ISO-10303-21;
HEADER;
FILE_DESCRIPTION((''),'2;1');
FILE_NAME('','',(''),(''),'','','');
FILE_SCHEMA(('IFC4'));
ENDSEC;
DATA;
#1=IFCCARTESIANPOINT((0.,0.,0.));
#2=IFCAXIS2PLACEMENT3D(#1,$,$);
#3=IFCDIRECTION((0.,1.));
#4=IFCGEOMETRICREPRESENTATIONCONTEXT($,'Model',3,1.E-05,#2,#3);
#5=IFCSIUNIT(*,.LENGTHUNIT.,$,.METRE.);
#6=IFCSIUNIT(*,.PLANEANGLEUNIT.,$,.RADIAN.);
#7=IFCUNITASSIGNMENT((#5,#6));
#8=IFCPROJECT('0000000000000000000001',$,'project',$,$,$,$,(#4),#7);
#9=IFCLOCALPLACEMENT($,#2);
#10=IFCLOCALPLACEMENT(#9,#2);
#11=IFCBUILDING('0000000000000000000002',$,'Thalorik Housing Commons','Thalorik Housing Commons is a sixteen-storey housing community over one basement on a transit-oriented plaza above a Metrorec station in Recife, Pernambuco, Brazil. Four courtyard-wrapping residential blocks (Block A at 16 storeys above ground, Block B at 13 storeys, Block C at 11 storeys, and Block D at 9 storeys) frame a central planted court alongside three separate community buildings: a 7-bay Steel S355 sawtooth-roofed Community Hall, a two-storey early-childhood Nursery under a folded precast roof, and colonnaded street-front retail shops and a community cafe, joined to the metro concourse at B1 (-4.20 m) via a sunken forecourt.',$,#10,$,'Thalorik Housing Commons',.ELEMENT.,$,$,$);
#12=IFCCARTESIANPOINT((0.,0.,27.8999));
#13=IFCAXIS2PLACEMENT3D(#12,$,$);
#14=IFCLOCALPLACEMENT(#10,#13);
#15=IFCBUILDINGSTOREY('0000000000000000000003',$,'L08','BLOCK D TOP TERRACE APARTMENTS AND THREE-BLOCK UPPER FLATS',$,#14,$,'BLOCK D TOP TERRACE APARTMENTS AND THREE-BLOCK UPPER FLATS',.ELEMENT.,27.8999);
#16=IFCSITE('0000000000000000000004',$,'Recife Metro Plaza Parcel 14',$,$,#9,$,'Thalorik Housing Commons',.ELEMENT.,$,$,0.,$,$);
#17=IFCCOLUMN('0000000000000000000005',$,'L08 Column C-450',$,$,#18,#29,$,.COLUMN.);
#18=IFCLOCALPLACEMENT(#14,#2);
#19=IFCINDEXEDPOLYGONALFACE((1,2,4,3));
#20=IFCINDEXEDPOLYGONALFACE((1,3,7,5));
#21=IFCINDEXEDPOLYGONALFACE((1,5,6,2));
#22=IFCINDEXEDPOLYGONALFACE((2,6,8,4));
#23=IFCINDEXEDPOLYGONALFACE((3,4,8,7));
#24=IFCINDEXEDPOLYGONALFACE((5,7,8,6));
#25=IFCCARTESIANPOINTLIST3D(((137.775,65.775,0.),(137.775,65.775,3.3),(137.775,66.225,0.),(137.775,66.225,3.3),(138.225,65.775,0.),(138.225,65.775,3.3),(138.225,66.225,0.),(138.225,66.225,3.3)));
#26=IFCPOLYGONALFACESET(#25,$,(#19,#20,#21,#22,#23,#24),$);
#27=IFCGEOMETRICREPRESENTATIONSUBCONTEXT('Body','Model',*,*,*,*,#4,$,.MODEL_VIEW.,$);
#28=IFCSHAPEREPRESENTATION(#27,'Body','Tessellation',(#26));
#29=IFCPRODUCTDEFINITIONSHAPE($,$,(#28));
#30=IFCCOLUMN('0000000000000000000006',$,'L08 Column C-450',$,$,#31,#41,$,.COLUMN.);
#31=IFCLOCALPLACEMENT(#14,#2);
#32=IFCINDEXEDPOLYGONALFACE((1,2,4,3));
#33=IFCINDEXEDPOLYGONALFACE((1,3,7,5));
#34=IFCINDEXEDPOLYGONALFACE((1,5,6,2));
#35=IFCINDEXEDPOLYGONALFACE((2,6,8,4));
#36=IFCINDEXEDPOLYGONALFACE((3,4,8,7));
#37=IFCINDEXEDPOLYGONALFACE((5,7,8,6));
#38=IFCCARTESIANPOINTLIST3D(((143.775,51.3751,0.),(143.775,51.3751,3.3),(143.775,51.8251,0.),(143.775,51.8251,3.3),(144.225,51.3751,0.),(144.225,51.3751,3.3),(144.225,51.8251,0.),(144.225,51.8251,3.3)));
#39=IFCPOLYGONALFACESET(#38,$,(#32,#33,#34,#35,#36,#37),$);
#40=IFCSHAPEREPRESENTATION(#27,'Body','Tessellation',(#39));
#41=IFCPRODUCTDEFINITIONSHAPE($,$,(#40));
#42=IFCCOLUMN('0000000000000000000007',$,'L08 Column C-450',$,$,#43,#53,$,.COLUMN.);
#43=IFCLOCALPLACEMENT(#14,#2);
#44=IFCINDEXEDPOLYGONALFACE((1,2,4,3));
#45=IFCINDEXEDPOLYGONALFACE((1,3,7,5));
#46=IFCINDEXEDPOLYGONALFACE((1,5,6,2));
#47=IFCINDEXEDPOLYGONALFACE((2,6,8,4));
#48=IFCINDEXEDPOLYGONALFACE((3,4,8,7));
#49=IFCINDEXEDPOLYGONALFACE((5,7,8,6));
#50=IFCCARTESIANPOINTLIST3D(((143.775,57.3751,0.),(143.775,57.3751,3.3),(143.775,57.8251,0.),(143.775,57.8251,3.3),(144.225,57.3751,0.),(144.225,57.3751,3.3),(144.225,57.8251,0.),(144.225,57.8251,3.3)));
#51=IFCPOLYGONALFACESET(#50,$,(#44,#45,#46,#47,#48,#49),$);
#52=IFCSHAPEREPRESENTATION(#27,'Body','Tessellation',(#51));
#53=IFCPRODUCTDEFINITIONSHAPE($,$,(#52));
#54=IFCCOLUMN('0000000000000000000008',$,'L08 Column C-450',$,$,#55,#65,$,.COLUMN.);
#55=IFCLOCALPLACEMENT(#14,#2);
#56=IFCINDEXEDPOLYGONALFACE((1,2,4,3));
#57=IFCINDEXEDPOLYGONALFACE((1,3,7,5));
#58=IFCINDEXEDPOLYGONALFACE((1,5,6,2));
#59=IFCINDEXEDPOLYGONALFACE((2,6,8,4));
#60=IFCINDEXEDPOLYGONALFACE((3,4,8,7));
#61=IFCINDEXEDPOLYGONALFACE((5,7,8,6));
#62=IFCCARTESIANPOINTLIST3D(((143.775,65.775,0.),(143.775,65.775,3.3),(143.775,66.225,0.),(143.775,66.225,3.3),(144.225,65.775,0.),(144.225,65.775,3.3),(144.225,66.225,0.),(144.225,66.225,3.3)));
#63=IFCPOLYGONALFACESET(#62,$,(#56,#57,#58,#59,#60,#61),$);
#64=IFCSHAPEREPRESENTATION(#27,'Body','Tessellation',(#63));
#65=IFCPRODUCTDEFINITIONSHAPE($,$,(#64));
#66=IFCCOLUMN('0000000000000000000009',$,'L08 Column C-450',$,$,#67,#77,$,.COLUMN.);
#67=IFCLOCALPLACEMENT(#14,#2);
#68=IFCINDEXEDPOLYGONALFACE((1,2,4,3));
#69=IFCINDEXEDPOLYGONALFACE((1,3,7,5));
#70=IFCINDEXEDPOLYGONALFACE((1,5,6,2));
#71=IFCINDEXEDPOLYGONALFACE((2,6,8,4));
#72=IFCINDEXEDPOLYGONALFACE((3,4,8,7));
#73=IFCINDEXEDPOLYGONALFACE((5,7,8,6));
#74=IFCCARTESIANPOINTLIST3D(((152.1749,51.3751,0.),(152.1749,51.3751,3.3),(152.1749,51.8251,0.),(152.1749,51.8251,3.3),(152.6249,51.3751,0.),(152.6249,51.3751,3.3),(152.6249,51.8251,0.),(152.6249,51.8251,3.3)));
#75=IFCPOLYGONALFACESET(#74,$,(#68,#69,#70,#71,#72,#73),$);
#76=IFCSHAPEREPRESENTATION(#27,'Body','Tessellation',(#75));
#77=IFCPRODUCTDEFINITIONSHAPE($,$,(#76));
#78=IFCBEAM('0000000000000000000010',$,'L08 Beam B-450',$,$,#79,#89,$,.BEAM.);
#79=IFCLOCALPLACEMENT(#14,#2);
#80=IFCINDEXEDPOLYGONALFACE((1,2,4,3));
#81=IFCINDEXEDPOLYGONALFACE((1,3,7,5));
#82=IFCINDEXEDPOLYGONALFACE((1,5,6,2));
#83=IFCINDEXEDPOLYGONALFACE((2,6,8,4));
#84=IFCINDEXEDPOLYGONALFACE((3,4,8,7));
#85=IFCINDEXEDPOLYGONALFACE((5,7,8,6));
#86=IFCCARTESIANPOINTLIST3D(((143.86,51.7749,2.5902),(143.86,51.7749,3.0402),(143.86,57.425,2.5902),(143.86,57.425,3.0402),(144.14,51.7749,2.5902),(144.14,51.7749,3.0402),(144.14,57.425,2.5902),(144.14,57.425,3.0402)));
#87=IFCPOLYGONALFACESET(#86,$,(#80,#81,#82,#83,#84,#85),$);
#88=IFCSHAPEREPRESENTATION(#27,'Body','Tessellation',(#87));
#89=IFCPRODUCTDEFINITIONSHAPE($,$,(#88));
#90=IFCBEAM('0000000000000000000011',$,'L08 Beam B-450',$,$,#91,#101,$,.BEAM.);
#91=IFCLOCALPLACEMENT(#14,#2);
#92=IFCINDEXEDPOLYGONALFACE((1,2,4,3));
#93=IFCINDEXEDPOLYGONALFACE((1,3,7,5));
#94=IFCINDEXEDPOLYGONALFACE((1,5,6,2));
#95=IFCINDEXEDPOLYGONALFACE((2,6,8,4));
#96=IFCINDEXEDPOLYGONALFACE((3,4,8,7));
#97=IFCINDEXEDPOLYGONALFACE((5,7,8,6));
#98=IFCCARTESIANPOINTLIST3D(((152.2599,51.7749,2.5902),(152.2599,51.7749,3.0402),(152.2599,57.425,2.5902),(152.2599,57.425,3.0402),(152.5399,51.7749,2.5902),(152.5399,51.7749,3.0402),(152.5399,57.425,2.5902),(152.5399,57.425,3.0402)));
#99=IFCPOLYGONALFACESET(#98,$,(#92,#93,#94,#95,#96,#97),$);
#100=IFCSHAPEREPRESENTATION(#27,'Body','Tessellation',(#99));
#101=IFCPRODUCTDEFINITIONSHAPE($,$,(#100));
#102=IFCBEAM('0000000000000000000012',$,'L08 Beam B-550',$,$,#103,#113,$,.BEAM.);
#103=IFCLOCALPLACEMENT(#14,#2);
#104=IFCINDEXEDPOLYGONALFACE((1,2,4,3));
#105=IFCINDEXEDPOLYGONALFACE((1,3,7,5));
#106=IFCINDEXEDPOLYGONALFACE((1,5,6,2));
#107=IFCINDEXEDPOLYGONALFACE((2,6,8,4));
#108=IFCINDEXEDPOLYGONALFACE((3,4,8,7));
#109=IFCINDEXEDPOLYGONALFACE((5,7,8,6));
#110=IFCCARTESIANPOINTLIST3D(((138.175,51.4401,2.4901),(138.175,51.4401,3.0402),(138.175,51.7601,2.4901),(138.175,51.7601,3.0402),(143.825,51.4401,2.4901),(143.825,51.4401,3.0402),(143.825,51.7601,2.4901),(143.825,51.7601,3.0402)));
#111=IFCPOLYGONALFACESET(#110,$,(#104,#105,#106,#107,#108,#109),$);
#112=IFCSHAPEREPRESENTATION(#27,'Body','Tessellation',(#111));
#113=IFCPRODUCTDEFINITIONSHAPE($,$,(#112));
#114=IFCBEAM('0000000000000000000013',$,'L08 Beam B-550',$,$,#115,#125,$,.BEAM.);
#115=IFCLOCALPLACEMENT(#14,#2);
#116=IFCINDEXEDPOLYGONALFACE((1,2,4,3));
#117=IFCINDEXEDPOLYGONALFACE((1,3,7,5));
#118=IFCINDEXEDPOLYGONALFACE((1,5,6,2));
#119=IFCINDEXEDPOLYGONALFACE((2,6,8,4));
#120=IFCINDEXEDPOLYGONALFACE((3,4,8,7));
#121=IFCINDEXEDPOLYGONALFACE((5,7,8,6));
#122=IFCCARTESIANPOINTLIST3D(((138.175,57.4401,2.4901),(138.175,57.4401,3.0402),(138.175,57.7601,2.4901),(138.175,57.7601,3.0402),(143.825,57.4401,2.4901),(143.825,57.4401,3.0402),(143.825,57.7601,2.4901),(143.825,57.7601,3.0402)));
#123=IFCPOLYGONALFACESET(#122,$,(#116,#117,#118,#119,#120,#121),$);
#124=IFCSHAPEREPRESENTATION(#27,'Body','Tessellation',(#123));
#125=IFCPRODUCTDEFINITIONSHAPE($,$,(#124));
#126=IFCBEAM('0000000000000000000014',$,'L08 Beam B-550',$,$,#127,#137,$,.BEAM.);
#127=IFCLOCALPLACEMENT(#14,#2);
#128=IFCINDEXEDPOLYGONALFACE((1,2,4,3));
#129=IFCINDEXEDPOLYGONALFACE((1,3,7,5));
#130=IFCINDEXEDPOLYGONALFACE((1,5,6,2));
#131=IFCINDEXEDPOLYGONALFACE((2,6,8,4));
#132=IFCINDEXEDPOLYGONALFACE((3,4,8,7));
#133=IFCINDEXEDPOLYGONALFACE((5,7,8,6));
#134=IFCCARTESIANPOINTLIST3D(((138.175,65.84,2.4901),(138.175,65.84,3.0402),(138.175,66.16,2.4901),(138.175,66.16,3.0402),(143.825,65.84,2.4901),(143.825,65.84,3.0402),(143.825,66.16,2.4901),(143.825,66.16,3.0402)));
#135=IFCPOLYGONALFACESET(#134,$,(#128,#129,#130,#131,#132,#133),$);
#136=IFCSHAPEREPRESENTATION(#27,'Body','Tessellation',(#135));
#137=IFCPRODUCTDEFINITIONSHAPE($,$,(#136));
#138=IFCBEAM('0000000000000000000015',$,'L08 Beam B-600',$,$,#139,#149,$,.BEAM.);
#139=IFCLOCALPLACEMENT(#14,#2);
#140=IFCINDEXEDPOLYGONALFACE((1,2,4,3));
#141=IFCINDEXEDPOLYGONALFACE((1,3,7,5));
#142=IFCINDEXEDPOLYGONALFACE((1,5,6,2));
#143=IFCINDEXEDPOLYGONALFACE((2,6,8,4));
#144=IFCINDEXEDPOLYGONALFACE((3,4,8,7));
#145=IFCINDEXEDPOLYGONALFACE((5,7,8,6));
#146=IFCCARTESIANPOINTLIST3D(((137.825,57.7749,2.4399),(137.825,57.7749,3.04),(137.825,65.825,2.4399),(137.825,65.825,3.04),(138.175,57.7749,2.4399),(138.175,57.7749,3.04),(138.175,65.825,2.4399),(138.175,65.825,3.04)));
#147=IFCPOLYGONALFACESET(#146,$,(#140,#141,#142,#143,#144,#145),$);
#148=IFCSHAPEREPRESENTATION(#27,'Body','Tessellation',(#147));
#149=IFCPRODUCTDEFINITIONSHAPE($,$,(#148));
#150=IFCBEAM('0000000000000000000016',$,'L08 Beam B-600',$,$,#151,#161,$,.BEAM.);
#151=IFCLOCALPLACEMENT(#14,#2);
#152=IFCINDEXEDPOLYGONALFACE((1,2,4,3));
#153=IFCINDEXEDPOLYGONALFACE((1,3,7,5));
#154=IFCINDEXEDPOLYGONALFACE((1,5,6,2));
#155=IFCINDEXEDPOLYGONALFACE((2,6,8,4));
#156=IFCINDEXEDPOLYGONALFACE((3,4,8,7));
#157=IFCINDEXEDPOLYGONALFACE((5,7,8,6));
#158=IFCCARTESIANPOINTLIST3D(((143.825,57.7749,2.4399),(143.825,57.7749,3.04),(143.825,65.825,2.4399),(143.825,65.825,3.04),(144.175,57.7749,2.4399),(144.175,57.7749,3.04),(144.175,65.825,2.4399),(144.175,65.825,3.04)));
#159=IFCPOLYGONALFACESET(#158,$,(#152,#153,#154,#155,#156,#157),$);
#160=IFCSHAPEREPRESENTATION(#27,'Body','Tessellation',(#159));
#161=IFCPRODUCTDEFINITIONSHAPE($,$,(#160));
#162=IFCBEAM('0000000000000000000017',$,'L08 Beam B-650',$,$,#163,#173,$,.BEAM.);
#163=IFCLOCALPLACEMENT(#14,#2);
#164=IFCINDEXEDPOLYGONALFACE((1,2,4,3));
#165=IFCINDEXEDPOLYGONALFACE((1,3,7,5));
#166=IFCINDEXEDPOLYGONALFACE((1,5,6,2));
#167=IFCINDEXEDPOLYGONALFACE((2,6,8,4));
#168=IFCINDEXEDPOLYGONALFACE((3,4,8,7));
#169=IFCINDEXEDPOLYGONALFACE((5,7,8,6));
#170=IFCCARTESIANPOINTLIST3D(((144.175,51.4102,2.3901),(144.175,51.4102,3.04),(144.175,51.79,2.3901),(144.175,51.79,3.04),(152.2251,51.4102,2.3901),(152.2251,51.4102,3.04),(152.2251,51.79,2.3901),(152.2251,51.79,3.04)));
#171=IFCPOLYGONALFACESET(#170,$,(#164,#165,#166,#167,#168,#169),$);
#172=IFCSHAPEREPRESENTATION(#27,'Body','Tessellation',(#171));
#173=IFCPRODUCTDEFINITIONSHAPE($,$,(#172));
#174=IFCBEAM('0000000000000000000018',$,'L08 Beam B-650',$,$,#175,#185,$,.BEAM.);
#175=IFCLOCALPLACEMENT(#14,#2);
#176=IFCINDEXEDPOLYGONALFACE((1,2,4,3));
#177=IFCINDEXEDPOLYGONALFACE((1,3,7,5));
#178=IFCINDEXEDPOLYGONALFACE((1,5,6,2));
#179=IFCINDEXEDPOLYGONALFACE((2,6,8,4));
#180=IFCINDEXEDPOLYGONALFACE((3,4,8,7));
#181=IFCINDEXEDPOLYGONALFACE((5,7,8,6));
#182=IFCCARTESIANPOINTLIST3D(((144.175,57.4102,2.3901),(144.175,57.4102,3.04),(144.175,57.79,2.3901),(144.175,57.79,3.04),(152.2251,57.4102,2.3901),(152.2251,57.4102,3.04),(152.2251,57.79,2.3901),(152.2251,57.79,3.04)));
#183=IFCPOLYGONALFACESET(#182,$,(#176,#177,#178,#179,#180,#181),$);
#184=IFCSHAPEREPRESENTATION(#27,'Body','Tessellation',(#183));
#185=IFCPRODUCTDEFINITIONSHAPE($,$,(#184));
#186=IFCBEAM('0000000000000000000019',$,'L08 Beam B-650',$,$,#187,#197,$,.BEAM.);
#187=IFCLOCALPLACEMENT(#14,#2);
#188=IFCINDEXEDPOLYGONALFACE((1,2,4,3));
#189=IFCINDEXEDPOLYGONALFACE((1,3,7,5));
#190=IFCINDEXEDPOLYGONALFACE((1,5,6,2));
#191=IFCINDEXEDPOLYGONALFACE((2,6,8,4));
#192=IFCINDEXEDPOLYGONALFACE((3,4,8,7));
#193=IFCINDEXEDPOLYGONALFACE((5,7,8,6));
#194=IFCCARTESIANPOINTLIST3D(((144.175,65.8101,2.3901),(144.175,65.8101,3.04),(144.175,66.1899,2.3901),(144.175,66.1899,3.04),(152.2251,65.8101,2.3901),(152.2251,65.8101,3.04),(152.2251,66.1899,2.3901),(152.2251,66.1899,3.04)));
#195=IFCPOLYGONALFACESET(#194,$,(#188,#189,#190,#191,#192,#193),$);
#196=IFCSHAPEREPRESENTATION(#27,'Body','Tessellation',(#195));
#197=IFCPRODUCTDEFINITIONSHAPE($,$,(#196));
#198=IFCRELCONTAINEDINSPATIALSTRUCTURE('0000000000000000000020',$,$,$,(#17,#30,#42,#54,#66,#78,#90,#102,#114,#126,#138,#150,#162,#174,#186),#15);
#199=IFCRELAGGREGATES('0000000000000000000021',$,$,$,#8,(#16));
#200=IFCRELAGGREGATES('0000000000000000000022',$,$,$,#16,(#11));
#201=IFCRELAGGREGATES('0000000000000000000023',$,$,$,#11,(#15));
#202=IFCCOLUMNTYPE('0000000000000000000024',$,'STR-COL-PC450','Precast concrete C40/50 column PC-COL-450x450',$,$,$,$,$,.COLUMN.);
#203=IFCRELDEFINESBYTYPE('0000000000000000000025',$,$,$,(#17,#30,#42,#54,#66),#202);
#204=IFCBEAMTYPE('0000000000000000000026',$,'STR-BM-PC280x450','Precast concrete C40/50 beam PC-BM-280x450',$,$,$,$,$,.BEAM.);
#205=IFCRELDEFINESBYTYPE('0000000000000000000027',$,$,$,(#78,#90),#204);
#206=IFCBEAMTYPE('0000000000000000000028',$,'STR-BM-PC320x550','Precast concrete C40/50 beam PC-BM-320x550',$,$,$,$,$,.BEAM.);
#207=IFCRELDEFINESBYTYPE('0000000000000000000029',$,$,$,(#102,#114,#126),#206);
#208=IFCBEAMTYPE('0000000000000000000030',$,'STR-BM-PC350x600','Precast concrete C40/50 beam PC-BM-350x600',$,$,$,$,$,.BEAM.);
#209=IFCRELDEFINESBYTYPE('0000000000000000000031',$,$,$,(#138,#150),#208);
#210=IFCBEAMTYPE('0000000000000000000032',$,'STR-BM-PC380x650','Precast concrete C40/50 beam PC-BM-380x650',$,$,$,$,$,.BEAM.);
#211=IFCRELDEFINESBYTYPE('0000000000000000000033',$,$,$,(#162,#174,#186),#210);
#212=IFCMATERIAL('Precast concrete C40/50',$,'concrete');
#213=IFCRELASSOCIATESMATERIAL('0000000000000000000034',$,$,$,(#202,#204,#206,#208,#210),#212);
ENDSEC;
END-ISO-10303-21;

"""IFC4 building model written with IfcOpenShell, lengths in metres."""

from ifc_helpers import new_model, si_unit, direction, frame, origin, origin_2d, place, context, subcontext, project, spatial, rectangle, extrude, material, material_profile, profile_set, type_object, element, save


model = new_model("IFC4")

# Units and contexts
model_context = context("Model", 3, precision=1e-05, world=origin(), true_north=direction((0.0, 1.0)))
body_context = subcontext(model_context, "Body", "Model", "MODEL_VIEW")
ifc_project = project(units=[si_unit("LENGTHUNIT", "METRE"), si_unit("PLANEANGLEUNIT", "RADIAN")], contexts=[model_context])

# Site, building, storey
site_placement = place(None, origin())
site = spatial("IfcSite", under=ifc_project, at=site_placement, Name="Recife Metro Plaza Parcel 14", LongName="Thalorik Housing Commons", CompositionType="ELEMENT", RefElevation=0.0)
building_placement = place(site_placement, origin())
building = spatial("IfcBuilding", under=site, at=building_placement, Name="Thalorik Housing Commons", Description="Thalorik Housing Commons is a sixteen-storey housing community over one basement on a transit-oriented plaza above a Metrorec station in Recife, Pernambuco, Brazil. Four courtyard-wrapping residential blocks (Block A at 16 storeys above ground, Block B at 13 storeys, Block C at 11 storeys, and Block D at 9 storeys) frame a central planted court alongside three separate community buildings: a 7-bay Steel S355 sawtooth-roofed Community Hall, a two-storey early-childhood Nursery under a folded precast roof, and colonnaded street-front retail shops and a community cafe, joined to the metro concourse at B1 (-4.20 m) via a sunken forecourt.", LongName="Thalorik Housing Commons", CompositionType="ELEMENT")
storey_placement = place(building_placement, frame((0.0, 0.0, 27.8999)))
storey = spatial("IfcBuildingStorey", under=building, at=storey_placement, Name="L08", Description="BLOCK D TOP TERRACE APARTMENTS AND THREE-BLOCK UPPER FLATS", LongName="BLOCK D TOP TERRACE APARTMENTS AND THREE-BLOCK UPPER FLATS", CompositionType="ELEMENT", Elevation=27.8999)

# Columns
ifc_material_1 = material(Name="Precast concrete C40/50", Category="concrete")
ifc_material_profile_1 = material_profile(ifc_material_1, rectangle(XDim=0.45, YDim=0.45, at=origin_2d()), Name="PC 450x450", Category="concrete")
ifc_profile_set_1 = profile_set([ifc_material_profile_1], Name="Precast concrete C40/50")
column_type = type_object("IfcColumnType", Name="STR-COL-PC450", Description="Precast concrete C40/50 column PC-COL-450x450", PredefinedType="COLUMN", material=ifc_profile_set_1)
for number, where, z_axis, x_axis, name in (
    (1, (138.0, 66.0, 0.0), (0.0, 0.0, 1.0), (1.0, 0.0, 0.0), "L08 Column C-450"),
    (2, (144.0, 51.6001, 0.0), (0.0, 0.0, 1.0), (1.0, 0.0, 0.0), "L08 Column C-450"),
    (3, (144.0, 57.6001, 0.0), (0.0, 0.0, 1.0), (1.0, 0.0, 0.0), "L08 Column C-450"),
    (4, (144.0, 66.0, 0.0), (0.0, 0.0, 1.0), (1.0, 0.0, 0.0), "L08 Column C-450"),
    (5, (152.3999, 51.6001, 0.0), (0.0, 0.0, 1.0), (1.0, 0.0, 0.0), "L08 Column C-450"),
):
    element("IfcColumn", number, at=place(storey_placement, frame(where, z_axis=z_axis, x_axis=x_axis)), inside=storey, type_object=column_type, Name=name, PredefinedType="COLUMN", context=body_context, shape_type="SweptSolid", body=[
        extrude(rectangle(XDim=0.45, YDim=0.45, at=origin_2d()), origin(), (0.0, 0.0, 1.0), 3.3),
    ])

# Beams
ifc_material_profile_2 = material_profile(ifc_material_1, rectangle(XDim=0.28, YDim=0.45, at=origin_2d()), Name="PC 280x450", Category="concrete")
ifc_profile_set_2 = profile_set([ifc_material_profile_2], Name="Precast concrete C40/50")
beam_type_1 = type_object("IfcBeamType", Name="STR-BM-PC280x450", Description="Precast concrete C40/50 beam PC-BM-280x450", PredefinedType="BEAM", material=ifc_profile_set_2)
for number, where, z_axis, x_axis, name in (
    (6, (144.0, 51.7749, 2.8152), (0.0, 1.0, 0.0), (-1.0, 0.0, 0.0), "L08 Beam B-450"),
    (7, (152.3999, 51.7749, 2.8152), (0.0, 1.0, 0.0), (-1.0, 0.0, 0.0), "L08 Beam B-450"),
):
    element("IfcBeam", number, at=place(storey_placement, frame(where, z_axis=z_axis, x_axis=x_axis)), inside=storey, type_object=beam_type_1, Name=name, PredefinedType="BEAM", context=body_context, shape_type="SweptSolid", body=[
        extrude(rectangle(XDim=0.28, YDim=0.45, at=origin_2d()), origin(), (0.0, 0.0, 1.0), 5.6501),
    ])
ifc_material_profile_3 = material_profile(ifc_material_1, rectangle(XDim=0.3201, YDim=0.55, at=origin_2d()), Name="PC 320x550", Category="concrete")
ifc_profile_set_3 = profile_set([ifc_material_profile_3], Name="Precast concrete C40/50")
beam_type_2 = type_object("IfcBeamType", Name="STR-BM-PC320x550", Description="Precast concrete C40/50 beam PC-BM-320x550", PredefinedType="BEAM", material=ifc_profile_set_3)
for number, where, z_axis, x_axis, name in (
    (8, (138.175, 51.6001, 2.7651), (1.0, 0.0, 0.0), (0.0, 1.0, 0.0), "L08 Beam B-550"),
    (9, (138.175, 57.6001, 2.7651), (1.0, 0.0, 0.0), (0.0, 1.0, 0.0), "L08 Beam B-550"),
    (10, (138.175, 66.0, 2.7651), (1.0, 0.0, 0.0), (0.0, 1.0, 0.0), "L08 Beam B-550"),
):
    element("IfcBeam", number, at=place(storey_placement, frame(where, z_axis=z_axis, x_axis=x_axis)), inside=storey, type_object=beam_type_2, Name=name, PredefinedType="BEAM", context=body_context, shape_type="SweptSolid", body=[
        extrude(rectangle(XDim=0.3201, YDim=0.55, at=origin_2d()), origin(), (0.0, 0.0, 1.0), 5.6499),
    ])
ifc_material_profile_4 = material_profile(ifc_material_1, rectangle(XDim=0.3501, YDim=0.6001, at=origin_2d()), Name="PC 350x600", Category="concrete")
ifc_profile_set_4 = profile_set([ifc_material_profile_4], Name="Precast concrete C40/50")
beam_type_3 = type_object("IfcBeamType", Name="STR-BM-PC350x600", Description="Precast concrete C40/50 beam PC-BM-350x600", PredefinedType="BEAM", material=ifc_profile_set_4)
for number, where, z_axis, x_axis, name in (
    (11, (138.0, 57.7749, 2.74), (0.0, 1.0, 0.0), (-1.0, 0.0, 0.0), "L08 Beam B-600"),
    (12, (144.0, 57.7749, 2.74), (0.0, 1.0, 0.0), (-1.0, 0.0, 0.0), "L08 Beam B-600"),
):
    element("IfcBeam", number, at=place(storey_placement, frame(where, z_axis=z_axis, x_axis=x_axis)), inside=storey, type_object=beam_type_3, Name=name, PredefinedType="BEAM", context=body_context, shape_type="SweptSolid", body=[
        extrude(rectangle(XDim=0.3501, YDim=0.6001, at=origin_2d()), origin(), (0.0, 0.0, 1.0), 8.05),
    ])
ifc_material_profile_5 = material_profile(ifc_material_1, rectangle(XDim=0.3799, YDim=0.6499, at=origin_2d()), Name="PC 380x650", Category="concrete")
ifc_profile_set_5 = profile_set([ifc_material_profile_5], Name="Precast concrete C40/50")
beam_type_4 = type_object("IfcBeamType", Name="STR-BM-PC380x650", Description="Precast concrete C40/50 beam PC-BM-380x650", PredefinedType="BEAM", material=ifc_profile_set_5)
for number, where, z_axis, x_axis, name in (
    (13, (144.175, 51.6001, 2.7151), (1.0, 0.0, 0.0), (0.0, 1.0, 0.0), "L08 Beam B-650"),
    (14, (144.175, 57.6001, 2.7151), (1.0, 0.0, 0.0), (0.0, 1.0, 0.0), "L08 Beam B-650"),
    (15, (144.175, 66.0, 2.7151), (1.0, 0.0, 0.0), (0.0, 1.0, 0.0), "L08 Beam B-650"),
):
    element("IfcBeam", number, at=place(storey_placement, frame(where, z_axis=z_axis, x_axis=x_axis)), inside=storey, type_object=beam_type_4, Name=name, PredefinedType="BEAM", context=body_context, shape_type="SweptSolid", body=[
        extrude(rectangle(XDim=0.3799, YDim=0.6499, at=origin_2d()), origin(), (0.0, 0.0, 1.0), 8.05),
    ])

save(model, "model.ifc")
